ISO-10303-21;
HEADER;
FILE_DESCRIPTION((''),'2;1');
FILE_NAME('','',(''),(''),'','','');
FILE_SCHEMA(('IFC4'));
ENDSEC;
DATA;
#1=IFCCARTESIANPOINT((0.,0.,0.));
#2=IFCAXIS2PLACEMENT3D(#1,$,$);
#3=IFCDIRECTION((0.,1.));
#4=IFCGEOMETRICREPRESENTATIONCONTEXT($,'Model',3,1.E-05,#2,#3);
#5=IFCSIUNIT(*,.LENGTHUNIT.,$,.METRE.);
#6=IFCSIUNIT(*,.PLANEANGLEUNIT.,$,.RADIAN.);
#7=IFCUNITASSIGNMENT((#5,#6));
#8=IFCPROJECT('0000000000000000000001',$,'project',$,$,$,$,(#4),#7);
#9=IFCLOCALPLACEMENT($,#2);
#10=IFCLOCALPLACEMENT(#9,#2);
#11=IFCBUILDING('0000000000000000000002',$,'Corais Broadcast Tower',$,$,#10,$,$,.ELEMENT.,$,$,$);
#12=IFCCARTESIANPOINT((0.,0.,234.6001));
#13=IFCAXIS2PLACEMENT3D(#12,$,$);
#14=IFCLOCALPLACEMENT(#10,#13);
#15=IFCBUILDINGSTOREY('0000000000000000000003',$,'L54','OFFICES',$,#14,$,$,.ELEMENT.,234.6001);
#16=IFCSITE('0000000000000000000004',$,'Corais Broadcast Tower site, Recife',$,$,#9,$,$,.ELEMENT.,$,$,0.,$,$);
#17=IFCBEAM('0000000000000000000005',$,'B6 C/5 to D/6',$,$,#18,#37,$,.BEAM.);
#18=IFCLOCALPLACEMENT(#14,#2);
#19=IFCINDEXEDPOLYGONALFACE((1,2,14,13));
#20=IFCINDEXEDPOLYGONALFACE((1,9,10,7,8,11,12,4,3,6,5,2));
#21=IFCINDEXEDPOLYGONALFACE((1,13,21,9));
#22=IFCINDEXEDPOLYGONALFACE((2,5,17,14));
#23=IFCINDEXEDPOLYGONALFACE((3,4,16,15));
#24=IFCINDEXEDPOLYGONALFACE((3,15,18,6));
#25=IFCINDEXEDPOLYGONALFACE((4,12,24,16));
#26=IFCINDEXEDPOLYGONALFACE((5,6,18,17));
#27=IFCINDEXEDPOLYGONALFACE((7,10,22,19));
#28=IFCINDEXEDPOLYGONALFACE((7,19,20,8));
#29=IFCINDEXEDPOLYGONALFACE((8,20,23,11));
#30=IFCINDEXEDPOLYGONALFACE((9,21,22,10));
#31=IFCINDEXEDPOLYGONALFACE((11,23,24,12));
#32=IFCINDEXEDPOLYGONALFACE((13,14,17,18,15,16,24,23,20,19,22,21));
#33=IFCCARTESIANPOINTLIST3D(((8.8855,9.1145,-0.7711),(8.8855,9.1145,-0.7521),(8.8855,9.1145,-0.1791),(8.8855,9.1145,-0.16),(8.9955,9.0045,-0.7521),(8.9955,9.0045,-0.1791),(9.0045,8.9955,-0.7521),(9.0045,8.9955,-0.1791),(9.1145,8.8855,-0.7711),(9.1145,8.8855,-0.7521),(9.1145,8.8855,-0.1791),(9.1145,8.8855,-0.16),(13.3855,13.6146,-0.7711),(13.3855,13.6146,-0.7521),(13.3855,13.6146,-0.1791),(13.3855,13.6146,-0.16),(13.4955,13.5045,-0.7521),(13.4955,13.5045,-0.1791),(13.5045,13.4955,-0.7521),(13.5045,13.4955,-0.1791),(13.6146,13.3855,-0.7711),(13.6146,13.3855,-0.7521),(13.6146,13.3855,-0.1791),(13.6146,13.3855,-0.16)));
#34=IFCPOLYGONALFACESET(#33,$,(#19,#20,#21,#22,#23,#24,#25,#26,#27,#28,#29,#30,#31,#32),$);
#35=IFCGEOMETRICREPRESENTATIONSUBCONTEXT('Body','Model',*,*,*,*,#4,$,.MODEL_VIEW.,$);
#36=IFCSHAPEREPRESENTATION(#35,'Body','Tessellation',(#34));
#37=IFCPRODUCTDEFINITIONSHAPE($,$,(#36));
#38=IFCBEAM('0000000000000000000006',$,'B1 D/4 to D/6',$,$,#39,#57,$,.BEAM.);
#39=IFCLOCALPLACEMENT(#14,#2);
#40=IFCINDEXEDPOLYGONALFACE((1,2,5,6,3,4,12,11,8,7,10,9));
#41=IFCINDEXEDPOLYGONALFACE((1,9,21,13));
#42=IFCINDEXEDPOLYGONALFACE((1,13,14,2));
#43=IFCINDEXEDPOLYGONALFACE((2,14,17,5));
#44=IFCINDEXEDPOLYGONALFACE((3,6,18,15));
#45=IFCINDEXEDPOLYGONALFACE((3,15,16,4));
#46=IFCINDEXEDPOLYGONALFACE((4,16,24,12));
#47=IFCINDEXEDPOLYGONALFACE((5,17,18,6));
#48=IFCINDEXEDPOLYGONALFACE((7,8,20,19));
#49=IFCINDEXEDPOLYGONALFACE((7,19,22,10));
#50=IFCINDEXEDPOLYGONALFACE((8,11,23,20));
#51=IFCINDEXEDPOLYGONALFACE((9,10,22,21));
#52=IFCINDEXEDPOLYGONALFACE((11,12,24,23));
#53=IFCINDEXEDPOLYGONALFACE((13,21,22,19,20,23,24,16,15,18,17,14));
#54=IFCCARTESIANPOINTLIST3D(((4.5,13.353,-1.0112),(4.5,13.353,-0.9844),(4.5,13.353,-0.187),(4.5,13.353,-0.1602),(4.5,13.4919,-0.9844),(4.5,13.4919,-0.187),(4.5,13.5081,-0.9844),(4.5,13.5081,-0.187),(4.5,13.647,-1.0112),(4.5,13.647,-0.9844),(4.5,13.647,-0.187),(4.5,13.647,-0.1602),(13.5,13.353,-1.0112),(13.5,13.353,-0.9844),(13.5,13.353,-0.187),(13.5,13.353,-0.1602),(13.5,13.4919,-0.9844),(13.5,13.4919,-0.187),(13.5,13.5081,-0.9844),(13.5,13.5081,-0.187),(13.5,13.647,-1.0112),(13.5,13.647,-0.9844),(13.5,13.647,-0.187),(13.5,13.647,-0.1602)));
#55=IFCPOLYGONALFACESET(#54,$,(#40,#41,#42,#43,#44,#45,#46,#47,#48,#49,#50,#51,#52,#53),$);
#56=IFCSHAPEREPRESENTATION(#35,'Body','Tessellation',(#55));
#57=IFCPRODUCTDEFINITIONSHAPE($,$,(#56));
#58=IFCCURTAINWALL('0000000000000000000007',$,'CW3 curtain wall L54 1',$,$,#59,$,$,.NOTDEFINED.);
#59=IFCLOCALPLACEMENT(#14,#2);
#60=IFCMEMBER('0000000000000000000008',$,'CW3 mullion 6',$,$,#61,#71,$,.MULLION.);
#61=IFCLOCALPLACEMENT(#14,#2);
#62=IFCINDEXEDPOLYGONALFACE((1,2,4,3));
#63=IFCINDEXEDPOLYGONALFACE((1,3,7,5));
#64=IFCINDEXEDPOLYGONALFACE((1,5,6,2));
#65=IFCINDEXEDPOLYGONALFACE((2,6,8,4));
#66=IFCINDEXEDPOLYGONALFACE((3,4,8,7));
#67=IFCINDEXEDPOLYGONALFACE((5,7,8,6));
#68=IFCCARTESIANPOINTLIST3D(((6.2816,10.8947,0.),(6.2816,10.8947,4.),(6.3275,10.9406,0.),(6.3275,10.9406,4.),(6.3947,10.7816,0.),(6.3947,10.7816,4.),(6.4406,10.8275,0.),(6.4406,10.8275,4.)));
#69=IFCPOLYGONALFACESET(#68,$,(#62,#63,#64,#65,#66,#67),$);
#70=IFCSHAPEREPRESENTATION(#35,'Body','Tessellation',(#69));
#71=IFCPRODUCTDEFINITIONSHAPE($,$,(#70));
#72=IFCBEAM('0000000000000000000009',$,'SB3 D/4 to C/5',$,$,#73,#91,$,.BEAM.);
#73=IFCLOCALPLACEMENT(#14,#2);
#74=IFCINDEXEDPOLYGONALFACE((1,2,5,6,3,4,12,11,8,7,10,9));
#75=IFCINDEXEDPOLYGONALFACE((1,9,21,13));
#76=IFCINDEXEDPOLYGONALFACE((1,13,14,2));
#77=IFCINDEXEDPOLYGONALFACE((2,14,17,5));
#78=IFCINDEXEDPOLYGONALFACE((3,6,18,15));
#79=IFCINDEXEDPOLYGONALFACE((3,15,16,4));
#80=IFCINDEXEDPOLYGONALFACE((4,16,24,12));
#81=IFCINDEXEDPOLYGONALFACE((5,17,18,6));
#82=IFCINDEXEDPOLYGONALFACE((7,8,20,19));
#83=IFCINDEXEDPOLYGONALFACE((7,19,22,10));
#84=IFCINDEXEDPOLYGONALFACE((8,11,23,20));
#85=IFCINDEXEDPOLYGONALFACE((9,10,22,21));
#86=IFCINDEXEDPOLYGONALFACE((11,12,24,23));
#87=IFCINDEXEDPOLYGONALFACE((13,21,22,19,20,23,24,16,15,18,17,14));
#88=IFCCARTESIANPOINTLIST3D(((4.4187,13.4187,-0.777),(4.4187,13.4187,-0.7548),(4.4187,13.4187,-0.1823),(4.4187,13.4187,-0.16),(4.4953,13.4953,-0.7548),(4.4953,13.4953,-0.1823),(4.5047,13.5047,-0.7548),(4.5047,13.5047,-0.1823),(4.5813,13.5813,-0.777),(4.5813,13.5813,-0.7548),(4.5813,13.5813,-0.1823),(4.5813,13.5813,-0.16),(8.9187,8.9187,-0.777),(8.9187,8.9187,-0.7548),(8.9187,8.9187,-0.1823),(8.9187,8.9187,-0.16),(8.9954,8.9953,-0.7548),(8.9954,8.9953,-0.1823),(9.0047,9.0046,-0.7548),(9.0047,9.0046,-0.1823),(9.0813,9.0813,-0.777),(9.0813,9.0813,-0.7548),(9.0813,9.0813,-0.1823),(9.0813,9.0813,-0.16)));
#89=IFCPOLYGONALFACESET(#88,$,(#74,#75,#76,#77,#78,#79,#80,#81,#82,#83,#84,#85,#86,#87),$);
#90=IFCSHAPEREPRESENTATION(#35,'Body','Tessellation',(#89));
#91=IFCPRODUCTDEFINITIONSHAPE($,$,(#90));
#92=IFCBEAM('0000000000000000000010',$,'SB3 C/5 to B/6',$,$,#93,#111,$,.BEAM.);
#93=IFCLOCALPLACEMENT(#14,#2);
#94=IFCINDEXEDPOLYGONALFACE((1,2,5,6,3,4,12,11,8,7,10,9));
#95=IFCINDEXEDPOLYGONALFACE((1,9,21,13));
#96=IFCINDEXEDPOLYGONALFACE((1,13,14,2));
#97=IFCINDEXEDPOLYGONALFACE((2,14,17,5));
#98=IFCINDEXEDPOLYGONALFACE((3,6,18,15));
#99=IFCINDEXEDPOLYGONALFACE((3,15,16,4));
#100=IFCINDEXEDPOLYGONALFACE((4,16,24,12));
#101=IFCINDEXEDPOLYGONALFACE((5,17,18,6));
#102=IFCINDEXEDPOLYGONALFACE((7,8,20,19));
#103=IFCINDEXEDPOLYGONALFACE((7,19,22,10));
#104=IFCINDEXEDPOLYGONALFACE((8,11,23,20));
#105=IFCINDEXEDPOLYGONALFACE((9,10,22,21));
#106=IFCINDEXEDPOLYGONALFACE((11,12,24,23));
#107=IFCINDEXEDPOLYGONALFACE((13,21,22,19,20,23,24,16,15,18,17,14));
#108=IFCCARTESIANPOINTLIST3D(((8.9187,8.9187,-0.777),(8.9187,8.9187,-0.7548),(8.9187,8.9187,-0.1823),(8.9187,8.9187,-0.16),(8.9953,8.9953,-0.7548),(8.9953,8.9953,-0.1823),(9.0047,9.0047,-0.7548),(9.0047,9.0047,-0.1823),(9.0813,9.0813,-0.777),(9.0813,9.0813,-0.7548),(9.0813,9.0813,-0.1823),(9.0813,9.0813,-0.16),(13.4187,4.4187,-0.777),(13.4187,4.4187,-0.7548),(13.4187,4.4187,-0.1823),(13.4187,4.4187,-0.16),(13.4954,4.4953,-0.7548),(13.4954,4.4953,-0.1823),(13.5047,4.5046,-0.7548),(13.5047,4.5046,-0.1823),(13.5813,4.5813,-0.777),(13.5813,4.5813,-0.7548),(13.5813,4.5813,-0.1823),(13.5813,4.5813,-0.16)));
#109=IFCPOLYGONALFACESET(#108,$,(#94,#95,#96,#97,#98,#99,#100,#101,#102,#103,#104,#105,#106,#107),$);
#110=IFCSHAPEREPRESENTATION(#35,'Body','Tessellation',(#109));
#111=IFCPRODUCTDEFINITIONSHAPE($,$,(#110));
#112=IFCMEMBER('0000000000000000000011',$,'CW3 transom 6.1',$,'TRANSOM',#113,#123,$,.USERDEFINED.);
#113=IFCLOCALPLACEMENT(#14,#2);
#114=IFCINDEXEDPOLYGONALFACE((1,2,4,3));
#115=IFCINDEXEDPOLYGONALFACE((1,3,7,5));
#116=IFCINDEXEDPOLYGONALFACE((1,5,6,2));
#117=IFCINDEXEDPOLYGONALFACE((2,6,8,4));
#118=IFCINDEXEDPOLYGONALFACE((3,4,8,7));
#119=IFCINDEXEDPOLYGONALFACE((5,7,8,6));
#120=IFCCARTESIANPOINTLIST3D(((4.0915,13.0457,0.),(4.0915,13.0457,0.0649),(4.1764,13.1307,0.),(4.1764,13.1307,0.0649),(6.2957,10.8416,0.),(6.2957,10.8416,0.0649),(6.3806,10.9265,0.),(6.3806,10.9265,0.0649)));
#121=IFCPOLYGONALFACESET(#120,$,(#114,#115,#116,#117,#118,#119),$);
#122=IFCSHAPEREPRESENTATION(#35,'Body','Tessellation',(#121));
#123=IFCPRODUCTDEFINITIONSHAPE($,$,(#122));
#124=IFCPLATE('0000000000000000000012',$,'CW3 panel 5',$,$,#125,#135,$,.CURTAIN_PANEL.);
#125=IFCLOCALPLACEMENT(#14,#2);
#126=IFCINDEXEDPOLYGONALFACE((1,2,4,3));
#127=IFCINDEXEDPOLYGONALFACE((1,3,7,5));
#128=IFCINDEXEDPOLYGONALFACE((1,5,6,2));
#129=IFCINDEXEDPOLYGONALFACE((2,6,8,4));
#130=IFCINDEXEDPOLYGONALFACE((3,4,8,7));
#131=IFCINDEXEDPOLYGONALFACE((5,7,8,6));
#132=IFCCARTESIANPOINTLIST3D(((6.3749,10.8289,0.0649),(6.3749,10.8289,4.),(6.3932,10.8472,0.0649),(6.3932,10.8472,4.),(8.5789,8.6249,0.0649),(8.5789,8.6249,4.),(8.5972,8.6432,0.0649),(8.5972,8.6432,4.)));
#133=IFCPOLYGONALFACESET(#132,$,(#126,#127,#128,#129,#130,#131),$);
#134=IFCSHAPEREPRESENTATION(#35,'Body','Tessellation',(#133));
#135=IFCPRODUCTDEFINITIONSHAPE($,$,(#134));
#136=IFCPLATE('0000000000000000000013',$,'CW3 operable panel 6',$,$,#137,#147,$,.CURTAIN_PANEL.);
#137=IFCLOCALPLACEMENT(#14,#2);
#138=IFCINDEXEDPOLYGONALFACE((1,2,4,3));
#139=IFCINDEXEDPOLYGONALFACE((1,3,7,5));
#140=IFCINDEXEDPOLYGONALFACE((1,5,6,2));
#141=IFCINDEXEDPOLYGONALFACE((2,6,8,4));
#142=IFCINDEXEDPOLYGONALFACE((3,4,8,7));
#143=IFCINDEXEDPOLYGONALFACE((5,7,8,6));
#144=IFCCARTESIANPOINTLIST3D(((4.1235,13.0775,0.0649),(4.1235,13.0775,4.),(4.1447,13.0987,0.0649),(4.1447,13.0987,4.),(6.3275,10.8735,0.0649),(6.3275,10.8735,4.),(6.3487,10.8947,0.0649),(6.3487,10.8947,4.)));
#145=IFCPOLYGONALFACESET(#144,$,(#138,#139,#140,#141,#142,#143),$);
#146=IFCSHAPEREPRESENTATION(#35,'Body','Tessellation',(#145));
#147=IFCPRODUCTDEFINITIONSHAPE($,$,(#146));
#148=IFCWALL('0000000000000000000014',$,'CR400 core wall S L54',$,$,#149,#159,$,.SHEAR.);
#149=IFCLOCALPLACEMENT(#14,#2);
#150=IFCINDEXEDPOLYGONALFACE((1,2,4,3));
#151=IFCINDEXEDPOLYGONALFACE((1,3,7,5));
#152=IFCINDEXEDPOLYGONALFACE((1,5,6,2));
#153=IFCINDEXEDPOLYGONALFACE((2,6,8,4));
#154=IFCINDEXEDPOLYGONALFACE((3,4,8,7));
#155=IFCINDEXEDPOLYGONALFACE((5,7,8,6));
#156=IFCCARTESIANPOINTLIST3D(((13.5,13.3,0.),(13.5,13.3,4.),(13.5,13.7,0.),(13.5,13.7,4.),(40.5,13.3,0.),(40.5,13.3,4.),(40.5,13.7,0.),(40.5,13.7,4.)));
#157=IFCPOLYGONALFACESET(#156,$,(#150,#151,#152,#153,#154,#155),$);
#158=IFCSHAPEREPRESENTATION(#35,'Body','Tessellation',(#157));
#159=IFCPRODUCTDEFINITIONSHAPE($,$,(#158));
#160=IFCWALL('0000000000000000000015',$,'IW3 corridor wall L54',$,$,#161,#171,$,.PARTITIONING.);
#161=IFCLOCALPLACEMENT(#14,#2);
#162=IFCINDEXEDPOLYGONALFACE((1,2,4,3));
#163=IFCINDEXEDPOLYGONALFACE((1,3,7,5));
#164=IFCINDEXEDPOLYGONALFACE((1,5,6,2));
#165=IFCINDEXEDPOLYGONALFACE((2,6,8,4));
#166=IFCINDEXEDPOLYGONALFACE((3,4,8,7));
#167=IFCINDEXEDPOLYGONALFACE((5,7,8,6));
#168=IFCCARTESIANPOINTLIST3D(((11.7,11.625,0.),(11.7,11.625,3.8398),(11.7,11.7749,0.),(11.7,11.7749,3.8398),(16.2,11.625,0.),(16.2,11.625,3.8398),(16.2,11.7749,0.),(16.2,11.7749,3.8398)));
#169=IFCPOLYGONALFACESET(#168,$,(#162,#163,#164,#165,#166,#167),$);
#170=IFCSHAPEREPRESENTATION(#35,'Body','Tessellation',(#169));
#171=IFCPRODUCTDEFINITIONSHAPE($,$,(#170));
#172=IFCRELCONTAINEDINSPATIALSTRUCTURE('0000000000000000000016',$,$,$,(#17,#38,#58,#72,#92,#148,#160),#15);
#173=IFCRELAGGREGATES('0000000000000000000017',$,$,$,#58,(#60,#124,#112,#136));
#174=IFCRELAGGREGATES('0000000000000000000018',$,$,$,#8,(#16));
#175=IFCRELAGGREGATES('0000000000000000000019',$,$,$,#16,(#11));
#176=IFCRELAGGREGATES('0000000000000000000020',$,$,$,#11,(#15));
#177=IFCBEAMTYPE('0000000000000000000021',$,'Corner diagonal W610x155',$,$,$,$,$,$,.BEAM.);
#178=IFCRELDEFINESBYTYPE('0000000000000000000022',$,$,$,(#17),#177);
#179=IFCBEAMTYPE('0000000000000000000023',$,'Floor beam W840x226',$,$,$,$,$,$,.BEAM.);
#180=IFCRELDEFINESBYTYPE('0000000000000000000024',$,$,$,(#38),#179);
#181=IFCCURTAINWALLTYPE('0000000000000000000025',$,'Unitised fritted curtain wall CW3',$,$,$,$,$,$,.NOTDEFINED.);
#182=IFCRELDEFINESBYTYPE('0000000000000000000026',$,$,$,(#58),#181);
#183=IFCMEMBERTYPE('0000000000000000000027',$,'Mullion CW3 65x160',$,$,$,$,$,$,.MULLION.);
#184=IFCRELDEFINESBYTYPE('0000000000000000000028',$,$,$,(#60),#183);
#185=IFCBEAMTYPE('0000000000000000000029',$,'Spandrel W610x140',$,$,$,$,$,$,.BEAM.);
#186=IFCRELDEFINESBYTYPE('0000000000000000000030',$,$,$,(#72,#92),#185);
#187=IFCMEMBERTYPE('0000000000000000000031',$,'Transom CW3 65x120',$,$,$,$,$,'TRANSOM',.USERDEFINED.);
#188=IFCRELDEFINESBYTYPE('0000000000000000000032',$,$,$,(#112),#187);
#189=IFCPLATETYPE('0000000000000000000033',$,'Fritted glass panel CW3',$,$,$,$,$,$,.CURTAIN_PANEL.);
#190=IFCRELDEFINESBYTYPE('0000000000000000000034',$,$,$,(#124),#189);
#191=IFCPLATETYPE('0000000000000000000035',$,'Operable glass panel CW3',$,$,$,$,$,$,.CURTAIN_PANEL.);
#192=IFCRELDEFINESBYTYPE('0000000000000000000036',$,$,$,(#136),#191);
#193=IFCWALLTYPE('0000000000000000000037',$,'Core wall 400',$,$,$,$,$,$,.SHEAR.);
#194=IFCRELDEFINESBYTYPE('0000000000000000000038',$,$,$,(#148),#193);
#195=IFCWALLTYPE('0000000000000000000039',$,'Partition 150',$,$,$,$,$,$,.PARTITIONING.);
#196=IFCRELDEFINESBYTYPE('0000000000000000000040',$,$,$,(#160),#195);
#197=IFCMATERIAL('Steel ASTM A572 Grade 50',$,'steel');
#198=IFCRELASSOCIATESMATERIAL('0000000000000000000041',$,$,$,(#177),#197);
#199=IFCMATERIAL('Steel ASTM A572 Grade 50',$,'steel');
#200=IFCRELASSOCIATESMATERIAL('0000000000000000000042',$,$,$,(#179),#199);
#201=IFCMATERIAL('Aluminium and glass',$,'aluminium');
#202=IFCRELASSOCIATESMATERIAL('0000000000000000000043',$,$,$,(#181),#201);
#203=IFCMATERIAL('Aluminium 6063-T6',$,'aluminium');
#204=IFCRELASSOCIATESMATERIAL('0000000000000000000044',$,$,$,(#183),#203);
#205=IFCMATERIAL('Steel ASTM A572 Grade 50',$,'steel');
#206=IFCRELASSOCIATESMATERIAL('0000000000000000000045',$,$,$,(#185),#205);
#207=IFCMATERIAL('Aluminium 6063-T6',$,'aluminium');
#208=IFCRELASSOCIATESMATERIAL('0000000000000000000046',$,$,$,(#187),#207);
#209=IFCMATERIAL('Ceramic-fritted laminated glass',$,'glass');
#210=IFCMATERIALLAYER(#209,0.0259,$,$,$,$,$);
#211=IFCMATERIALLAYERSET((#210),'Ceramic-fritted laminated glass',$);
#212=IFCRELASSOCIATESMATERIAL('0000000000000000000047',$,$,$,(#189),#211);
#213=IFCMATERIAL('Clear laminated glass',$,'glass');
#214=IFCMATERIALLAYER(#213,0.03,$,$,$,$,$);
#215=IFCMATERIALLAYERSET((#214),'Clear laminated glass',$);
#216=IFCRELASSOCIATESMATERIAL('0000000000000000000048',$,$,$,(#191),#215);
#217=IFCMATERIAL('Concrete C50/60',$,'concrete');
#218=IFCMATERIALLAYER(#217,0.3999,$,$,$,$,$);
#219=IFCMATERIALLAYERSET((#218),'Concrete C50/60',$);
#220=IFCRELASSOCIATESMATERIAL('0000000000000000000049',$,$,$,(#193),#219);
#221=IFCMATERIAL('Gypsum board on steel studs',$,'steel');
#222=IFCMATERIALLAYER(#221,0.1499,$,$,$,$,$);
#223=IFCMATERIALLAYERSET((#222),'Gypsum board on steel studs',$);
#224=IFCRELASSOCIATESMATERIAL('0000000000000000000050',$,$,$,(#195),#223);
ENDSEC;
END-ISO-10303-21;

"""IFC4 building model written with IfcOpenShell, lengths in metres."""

from ifc_helpers import new_model, si_unit, direction, frame, frame_2d, origin, origin_2d, place, context, subcontext, project, spatial, rectangle, i_section, extrude, material, layer, layer_set, material_profile, profile_set, type_object, element, aggregate, save


model = new_model("IFC4")

# Units and contexts
model_context = context("Model", 3, precision=1e-05, world=origin(), true_north=direction((0.0, 1.0)))
body_context = subcontext(model_context, "Body", "Model", "MODEL_VIEW")
ifc_project = project(units=[si_unit("LENGTHUNIT", "METRE"), si_unit("PLANEANGLEUNIT", "RADIAN")], contexts=[model_context])

# Site, building, storey
site_placement = place(None, origin())
site = spatial("IfcSite", under=ifc_project, at=site_placement, Name="Corais Broadcast Tower site, Recife", CompositionType="ELEMENT", RefElevation=0.0)
building_placement = place(site_placement, origin())
building = spatial("IfcBuilding", under=site, at=building_placement, Name="Corais Broadcast Tower", CompositionType="ELEMENT")
storey_placement = place(building_placement, frame((0.0, 0.0, 234.6001)))
storey = spatial("IfcBuildingStorey", under=building, at=storey_placement, Name="L54", Description="OFFICES", CompositionType="ELEMENT", Elevation=234.6001)

# Beams
ifc_material_1 = material(Name="Steel ASTM A572 Grade 50", Category="steel")
ifc_material_profile_1 = material_profile(ifc_material_1, i_section(OverallWidth=0.324, OverallDepth=0.6111, WebThickness=0.0127, FlangeThickness=0.019, at=origin_2d()), Name="W610x155")
ifc_profile_set_1 = profile_set([ifc_material_profile_1], Name="Steel ASTM A572 Grade 50")
beam_type_1 = type_object("IfcBeamType", Name="Corner diagonal W610x155", PredefinedType="BEAM", material=ifc_profile_set_1)
beam_1_placement = place(storey_placement, frame((9.0, 9.0, -0.4656), z_axis=(0.707107, 0.707107, 0.0), x_axis=(-0.707107, 0.707107, 0.0)))
element("IfcBeam", 1, at=beam_1_placement, inside=storey, type_object=beam_type_1, Name="B6 C/5 to D/6", PredefinedType="BEAM", context=body_context, shape_type="SweptSolid", body=[
    extrude(i_section(OverallWidth=0.324, OverallDepth=0.6111, WebThickness=0.0127, FlangeThickness=0.019, at=origin_2d()), origin(), (0.0, 0.0, 1.0), 6.364),
])
ifc_material_2 = material(Name="Steel ASTM A572 Grade 50", Category="steel")
ifc_material_profile_2 = material_profile(ifc_material_2, i_section(OverallWidth=0.2939, OverallDepth=0.8511, WebThickness=0.0161, FlangeThickness=0.0269, at=origin_2d()), Name="W840x226")
ifc_profile_set_2 = profile_set([ifc_material_profile_2], Name="Steel ASTM A572 Grade 50")
beam_type_2 = type_object("IfcBeamType", Name="Floor beam W840x226", PredefinedType="BEAM", material=ifc_profile_set_2)
beam_2_placement = place(storey_placement, frame((4.5, 13.5, -0.5857), z_axis=(1.0, 0.0, 0.0), x_axis=(0.0, 1.0, 0.0)))
element("IfcBeam", 2, at=beam_2_placement, inside=storey, type_object=beam_type_2, Name="B1 D/4 to D/6", PredefinedType="BEAM", context=body_context, shape_type="SweptSolid", body=[
    extrude(i_section(OverallWidth=0.2939, OverallDepth=0.8511, WebThickness=0.0161, FlangeThickness=0.0269, at=origin_2d()), origin(), (0.0, 0.0, 1.0), 9.0),
])

# Curtain wall, member
ifc_material_3 = material(Name="Aluminium and glass", Category="aluminium")
curtain_wall_type = type_object("IfcCurtainWallType", Name="Unitised fritted curtain wall CW3", PredefinedType="NOTDEFINED", material=ifc_material_3)
curtain_wall_placement = place(storey_placement, origin())
curtain_wall = element("IfcCurtainWall", 3, at=curtain_wall_placement, inside=storey, type_object=curtain_wall_type, Name="CW3 curtain wall L54 1", PredefinedType="NOTDEFINED")
ifc_material_4 = material(Name="Aluminium 6063-T6", Category="aluminium")
ifc_material_profile_3 = material_profile(ifc_material_4, rectangle(XDim=0.0649, YDim=0.1599, at=origin_2d()), Name="Mullion CW3 65x160")
ifc_profile_set_3 = profile_set([ifc_material_profile_3], Name="Aluminium 6063-T6")
member_type_1 = type_object("IfcMemberType", Name="Mullion CW3 65x160", PredefinedType="MULLION", material=ifc_profile_set_3)
member_1_placement = place(storey_placement, frame((6.3611, 10.8611, 0.0), z_axis=(0.0, 0.0, 1.0), x_axis=(-0.707107, -0.707107, 0.0)))
member_1 = element("IfcMember", 4, at=member_1_placement, type_object=member_type_1, Name="CW3 mullion 6", PredefinedType="MULLION", context=body_context, shape_type="SweptSolid", body=[
    extrude(rectangle(XDim=0.0649, YDim=0.1599, at=origin_2d()), origin(), (0.0, 0.0, 1.0), 4.0),
])

# Beams
ifc_material_5 = material(Name="Steel ASTM A572 Grade 50", Category="steel")
ifc_material_profile_4 = material_profile(ifc_material_5, i_section(OverallWidth=0.23, OverallDepth=0.6169, WebThickness=0.0132, FlangeThickness=0.0222, at=origin_2d()), Name="W610x140")
ifc_profile_set_4 = profile_set([ifc_material_profile_4], Name="Steel ASTM A572 Grade 50")
beam_type_3 = type_object("IfcBeamType", Name="Spandrel W610x140", PredefinedType="BEAM", material=ifc_profile_set_4)
for number, where, z_axis, x_axis, name in (
    (5, (4.5, 13.5, -0.4685), (0.707107, -0.707107, 0.0), (0.707107, 0.707107, 0.0), "SB3 D/4 to C/5"),
    (6, (9.0, 9.0, -0.4685), (0.707107, -0.707107, 0.0), (0.707107, 0.707107, 0.0), "SB3 C/5 to B/6"),
):
    element("IfcBeam", number, at=place(storey_placement, frame(where, z_axis=z_axis, x_axis=x_axis)), inside=storey, type_object=beam_type_3, Name=name, PredefinedType="BEAM", context=body_context, shape_type="SweptSolid", body=[
        extrude(i_section(OverallWidth=0.23, OverallDepth=0.6169, WebThickness=0.0132, FlangeThickness=0.0222, at=origin_2d()), origin(), (0.0, 0.0, 1.0), 6.364),
    ])

# Member
ifc_material_6 = material(Name="Aluminium 6063-T6", Category="aluminium")
ifc_material_profile_5 = material_profile(ifc_material_6, rectangle(XDim=0.1201, YDim=0.0649, at=origin_2d()), Name="Transom CW3 65x120")
ifc_profile_set_5 = profile_set([ifc_material_profile_5], Name="Aluminium 6063-T6")
member_type_2 = type_object("IfcMemberType", Name="Transom CW3 65x120", ElementType="TRANSOM", PredefinedType="USERDEFINED", material=ifc_profile_set_5)
member_2_placement = place(storey_placement, frame((6.3381, 10.884, 0.0325), z_axis=(-0.707107, 0.707107, 0.0), x_axis=(-0.707107, -0.707107, 0.0)))
member_2 = element("IfcMember", 7, at=member_2_placement, type_object=member_type_2, Name="CW3 transom 6.1", ObjectType="TRANSOM", PredefinedType="USERDEFINED", context=body_context, shape_type="SweptSolid", body=[
    extrude(rectangle(XDim=0.1201, YDim=0.0649, at=origin_2d()), origin(), (0.0, 0.0, 1.0), 3.1172),
])

# Plates
ifc_material_7 = material(Name="Ceramic-fritted laminated glass", Category="glass")
ifc_layer_1 = layer(ifc_material_7, 0.0259)
ifc_layer_set_1 = layer_set([ifc_layer_1], Name="Ceramic-fritted laminated glass")
plate_type_1 = type_object("IfcPlateType", Name="Fritted glass panel CW3", PredefinedType="CURTAIN_PANEL", material=ifc_layer_set_1)
plate_1_placement = place(storey_placement, frame((7.4861, 9.7361, 0.0649), z_axis=(0.0, 0.0, 1.0), x_axis=(-0.707107, 0.707107, 0.0)))
plate_1 = element("IfcPlate", 8, at=plate_1_placement, type_object=plate_type_1, Name="CW3 panel 5", PredefinedType="CURTAIN_PANEL", context=body_context, shape_type="SweptSolid", body=[
    extrude(rectangle(XDim=3.1169, YDim=0.0259, at=origin_2d()), origin(), (0.0, 0.0, 1.0), 3.9351),
])
ifc_material_8 = material(Name="Clear laminated glass", Category="glass")
ifc_layer_2 = layer(ifc_material_8, 0.03)
ifc_layer_set_2 = layer_set([ifc_layer_2], Name="Clear laminated glass")
plate_type_2 = type_object("IfcPlateType", Name="Operable glass panel CW3", PredefinedType="CURTAIN_PANEL", material=ifc_layer_set_2)
plate_2_placement = place(storey_placement, frame((5.2361, 11.9861, 0.0649), z_axis=(0.0, 0.0, 1.0), x_axis=(-0.707107, 0.707107, 0.0)))
plate_2 = element("IfcPlate", 9, at=plate_2_placement, type_object=plate_type_2, Name="CW3 operable panel 6", PredefinedType="CURTAIN_PANEL", context=body_context, shape_type="SweptSolid", body=[
    extrude(rectangle(XDim=3.1169, YDim=0.03, at=origin_2d()), origin(), (0.0, 0.0, 1.0), 3.9351),
])
aggregate(curtain_wall, [member_1, plate_1, member_2, plate_2])

# Walls
ifc_material_9 = material(Name="Concrete C50/60", Category="concrete")
ifc_layer_3 = layer(ifc_material_9, 0.3999)
ifc_layer_set_3 = layer_set([ifc_layer_3], Name="Concrete C50/60")
wall_type_1 = type_object("IfcWallType", Name="Core wall 400", PredefinedType="SHEAR", material=ifc_layer_set_3)
wall_1_placement = place(storey_placement, frame((13.5, 13.5, 0.0), z_axis=(0.0, 0.0, 1.0), x_axis=(1.0, 0.0, 0.0)))
element("IfcWall", 10, at=wall_1_placement, inside=storey, type_object=wall_type_1, Name="CR400 core wall S L54", PredefinedType="SHEAR", context=body_context, shape_type="SweptSolid", body=[
    extrude(rectangle(XDim=27.0, YDim=0.3999, at=frame_2d((13.5, 0.0))), origin(), (0.0, 0.0, 1.0), 4.0),
])
ifc_material_10 = material(Name="Gypsum board on steel studs", Category="steel")
ifc_layer_4 = layer(ifc_material_10, 0.1499)
ifc_layer_set_4 = layer_set([ifc_layer_4], Name="Gypsum board on steel studs")
wall_type_2 = type_object("IfcWallType", Name="Partition 150", PredefinedType="PARTITIONING", material=ifc_layer_set_4)
wall_2_placement = place(storey_placement, frame((11.7, 11.7, 0.0), z_axis=(0.0, 0.0, 1.0), x_axis=(1.0, 0.0, 0.0)))
element("IfcWall", 11, at=wall_2_placement, inside=storey, type_object=wall_type_2, Name="IW3 corridor wall L54", PredefinedType="PARTITIONING", context=body_context, shape_type="SweptSolid", body=[
    extrude(rectangle(XDim=4.5, YDim=0.1499, at=frame_2d((2.25, 0.0))), origin(), (0.0, 0.0, 1.0), 3.8398),
])

save(model, "model.ifc")
